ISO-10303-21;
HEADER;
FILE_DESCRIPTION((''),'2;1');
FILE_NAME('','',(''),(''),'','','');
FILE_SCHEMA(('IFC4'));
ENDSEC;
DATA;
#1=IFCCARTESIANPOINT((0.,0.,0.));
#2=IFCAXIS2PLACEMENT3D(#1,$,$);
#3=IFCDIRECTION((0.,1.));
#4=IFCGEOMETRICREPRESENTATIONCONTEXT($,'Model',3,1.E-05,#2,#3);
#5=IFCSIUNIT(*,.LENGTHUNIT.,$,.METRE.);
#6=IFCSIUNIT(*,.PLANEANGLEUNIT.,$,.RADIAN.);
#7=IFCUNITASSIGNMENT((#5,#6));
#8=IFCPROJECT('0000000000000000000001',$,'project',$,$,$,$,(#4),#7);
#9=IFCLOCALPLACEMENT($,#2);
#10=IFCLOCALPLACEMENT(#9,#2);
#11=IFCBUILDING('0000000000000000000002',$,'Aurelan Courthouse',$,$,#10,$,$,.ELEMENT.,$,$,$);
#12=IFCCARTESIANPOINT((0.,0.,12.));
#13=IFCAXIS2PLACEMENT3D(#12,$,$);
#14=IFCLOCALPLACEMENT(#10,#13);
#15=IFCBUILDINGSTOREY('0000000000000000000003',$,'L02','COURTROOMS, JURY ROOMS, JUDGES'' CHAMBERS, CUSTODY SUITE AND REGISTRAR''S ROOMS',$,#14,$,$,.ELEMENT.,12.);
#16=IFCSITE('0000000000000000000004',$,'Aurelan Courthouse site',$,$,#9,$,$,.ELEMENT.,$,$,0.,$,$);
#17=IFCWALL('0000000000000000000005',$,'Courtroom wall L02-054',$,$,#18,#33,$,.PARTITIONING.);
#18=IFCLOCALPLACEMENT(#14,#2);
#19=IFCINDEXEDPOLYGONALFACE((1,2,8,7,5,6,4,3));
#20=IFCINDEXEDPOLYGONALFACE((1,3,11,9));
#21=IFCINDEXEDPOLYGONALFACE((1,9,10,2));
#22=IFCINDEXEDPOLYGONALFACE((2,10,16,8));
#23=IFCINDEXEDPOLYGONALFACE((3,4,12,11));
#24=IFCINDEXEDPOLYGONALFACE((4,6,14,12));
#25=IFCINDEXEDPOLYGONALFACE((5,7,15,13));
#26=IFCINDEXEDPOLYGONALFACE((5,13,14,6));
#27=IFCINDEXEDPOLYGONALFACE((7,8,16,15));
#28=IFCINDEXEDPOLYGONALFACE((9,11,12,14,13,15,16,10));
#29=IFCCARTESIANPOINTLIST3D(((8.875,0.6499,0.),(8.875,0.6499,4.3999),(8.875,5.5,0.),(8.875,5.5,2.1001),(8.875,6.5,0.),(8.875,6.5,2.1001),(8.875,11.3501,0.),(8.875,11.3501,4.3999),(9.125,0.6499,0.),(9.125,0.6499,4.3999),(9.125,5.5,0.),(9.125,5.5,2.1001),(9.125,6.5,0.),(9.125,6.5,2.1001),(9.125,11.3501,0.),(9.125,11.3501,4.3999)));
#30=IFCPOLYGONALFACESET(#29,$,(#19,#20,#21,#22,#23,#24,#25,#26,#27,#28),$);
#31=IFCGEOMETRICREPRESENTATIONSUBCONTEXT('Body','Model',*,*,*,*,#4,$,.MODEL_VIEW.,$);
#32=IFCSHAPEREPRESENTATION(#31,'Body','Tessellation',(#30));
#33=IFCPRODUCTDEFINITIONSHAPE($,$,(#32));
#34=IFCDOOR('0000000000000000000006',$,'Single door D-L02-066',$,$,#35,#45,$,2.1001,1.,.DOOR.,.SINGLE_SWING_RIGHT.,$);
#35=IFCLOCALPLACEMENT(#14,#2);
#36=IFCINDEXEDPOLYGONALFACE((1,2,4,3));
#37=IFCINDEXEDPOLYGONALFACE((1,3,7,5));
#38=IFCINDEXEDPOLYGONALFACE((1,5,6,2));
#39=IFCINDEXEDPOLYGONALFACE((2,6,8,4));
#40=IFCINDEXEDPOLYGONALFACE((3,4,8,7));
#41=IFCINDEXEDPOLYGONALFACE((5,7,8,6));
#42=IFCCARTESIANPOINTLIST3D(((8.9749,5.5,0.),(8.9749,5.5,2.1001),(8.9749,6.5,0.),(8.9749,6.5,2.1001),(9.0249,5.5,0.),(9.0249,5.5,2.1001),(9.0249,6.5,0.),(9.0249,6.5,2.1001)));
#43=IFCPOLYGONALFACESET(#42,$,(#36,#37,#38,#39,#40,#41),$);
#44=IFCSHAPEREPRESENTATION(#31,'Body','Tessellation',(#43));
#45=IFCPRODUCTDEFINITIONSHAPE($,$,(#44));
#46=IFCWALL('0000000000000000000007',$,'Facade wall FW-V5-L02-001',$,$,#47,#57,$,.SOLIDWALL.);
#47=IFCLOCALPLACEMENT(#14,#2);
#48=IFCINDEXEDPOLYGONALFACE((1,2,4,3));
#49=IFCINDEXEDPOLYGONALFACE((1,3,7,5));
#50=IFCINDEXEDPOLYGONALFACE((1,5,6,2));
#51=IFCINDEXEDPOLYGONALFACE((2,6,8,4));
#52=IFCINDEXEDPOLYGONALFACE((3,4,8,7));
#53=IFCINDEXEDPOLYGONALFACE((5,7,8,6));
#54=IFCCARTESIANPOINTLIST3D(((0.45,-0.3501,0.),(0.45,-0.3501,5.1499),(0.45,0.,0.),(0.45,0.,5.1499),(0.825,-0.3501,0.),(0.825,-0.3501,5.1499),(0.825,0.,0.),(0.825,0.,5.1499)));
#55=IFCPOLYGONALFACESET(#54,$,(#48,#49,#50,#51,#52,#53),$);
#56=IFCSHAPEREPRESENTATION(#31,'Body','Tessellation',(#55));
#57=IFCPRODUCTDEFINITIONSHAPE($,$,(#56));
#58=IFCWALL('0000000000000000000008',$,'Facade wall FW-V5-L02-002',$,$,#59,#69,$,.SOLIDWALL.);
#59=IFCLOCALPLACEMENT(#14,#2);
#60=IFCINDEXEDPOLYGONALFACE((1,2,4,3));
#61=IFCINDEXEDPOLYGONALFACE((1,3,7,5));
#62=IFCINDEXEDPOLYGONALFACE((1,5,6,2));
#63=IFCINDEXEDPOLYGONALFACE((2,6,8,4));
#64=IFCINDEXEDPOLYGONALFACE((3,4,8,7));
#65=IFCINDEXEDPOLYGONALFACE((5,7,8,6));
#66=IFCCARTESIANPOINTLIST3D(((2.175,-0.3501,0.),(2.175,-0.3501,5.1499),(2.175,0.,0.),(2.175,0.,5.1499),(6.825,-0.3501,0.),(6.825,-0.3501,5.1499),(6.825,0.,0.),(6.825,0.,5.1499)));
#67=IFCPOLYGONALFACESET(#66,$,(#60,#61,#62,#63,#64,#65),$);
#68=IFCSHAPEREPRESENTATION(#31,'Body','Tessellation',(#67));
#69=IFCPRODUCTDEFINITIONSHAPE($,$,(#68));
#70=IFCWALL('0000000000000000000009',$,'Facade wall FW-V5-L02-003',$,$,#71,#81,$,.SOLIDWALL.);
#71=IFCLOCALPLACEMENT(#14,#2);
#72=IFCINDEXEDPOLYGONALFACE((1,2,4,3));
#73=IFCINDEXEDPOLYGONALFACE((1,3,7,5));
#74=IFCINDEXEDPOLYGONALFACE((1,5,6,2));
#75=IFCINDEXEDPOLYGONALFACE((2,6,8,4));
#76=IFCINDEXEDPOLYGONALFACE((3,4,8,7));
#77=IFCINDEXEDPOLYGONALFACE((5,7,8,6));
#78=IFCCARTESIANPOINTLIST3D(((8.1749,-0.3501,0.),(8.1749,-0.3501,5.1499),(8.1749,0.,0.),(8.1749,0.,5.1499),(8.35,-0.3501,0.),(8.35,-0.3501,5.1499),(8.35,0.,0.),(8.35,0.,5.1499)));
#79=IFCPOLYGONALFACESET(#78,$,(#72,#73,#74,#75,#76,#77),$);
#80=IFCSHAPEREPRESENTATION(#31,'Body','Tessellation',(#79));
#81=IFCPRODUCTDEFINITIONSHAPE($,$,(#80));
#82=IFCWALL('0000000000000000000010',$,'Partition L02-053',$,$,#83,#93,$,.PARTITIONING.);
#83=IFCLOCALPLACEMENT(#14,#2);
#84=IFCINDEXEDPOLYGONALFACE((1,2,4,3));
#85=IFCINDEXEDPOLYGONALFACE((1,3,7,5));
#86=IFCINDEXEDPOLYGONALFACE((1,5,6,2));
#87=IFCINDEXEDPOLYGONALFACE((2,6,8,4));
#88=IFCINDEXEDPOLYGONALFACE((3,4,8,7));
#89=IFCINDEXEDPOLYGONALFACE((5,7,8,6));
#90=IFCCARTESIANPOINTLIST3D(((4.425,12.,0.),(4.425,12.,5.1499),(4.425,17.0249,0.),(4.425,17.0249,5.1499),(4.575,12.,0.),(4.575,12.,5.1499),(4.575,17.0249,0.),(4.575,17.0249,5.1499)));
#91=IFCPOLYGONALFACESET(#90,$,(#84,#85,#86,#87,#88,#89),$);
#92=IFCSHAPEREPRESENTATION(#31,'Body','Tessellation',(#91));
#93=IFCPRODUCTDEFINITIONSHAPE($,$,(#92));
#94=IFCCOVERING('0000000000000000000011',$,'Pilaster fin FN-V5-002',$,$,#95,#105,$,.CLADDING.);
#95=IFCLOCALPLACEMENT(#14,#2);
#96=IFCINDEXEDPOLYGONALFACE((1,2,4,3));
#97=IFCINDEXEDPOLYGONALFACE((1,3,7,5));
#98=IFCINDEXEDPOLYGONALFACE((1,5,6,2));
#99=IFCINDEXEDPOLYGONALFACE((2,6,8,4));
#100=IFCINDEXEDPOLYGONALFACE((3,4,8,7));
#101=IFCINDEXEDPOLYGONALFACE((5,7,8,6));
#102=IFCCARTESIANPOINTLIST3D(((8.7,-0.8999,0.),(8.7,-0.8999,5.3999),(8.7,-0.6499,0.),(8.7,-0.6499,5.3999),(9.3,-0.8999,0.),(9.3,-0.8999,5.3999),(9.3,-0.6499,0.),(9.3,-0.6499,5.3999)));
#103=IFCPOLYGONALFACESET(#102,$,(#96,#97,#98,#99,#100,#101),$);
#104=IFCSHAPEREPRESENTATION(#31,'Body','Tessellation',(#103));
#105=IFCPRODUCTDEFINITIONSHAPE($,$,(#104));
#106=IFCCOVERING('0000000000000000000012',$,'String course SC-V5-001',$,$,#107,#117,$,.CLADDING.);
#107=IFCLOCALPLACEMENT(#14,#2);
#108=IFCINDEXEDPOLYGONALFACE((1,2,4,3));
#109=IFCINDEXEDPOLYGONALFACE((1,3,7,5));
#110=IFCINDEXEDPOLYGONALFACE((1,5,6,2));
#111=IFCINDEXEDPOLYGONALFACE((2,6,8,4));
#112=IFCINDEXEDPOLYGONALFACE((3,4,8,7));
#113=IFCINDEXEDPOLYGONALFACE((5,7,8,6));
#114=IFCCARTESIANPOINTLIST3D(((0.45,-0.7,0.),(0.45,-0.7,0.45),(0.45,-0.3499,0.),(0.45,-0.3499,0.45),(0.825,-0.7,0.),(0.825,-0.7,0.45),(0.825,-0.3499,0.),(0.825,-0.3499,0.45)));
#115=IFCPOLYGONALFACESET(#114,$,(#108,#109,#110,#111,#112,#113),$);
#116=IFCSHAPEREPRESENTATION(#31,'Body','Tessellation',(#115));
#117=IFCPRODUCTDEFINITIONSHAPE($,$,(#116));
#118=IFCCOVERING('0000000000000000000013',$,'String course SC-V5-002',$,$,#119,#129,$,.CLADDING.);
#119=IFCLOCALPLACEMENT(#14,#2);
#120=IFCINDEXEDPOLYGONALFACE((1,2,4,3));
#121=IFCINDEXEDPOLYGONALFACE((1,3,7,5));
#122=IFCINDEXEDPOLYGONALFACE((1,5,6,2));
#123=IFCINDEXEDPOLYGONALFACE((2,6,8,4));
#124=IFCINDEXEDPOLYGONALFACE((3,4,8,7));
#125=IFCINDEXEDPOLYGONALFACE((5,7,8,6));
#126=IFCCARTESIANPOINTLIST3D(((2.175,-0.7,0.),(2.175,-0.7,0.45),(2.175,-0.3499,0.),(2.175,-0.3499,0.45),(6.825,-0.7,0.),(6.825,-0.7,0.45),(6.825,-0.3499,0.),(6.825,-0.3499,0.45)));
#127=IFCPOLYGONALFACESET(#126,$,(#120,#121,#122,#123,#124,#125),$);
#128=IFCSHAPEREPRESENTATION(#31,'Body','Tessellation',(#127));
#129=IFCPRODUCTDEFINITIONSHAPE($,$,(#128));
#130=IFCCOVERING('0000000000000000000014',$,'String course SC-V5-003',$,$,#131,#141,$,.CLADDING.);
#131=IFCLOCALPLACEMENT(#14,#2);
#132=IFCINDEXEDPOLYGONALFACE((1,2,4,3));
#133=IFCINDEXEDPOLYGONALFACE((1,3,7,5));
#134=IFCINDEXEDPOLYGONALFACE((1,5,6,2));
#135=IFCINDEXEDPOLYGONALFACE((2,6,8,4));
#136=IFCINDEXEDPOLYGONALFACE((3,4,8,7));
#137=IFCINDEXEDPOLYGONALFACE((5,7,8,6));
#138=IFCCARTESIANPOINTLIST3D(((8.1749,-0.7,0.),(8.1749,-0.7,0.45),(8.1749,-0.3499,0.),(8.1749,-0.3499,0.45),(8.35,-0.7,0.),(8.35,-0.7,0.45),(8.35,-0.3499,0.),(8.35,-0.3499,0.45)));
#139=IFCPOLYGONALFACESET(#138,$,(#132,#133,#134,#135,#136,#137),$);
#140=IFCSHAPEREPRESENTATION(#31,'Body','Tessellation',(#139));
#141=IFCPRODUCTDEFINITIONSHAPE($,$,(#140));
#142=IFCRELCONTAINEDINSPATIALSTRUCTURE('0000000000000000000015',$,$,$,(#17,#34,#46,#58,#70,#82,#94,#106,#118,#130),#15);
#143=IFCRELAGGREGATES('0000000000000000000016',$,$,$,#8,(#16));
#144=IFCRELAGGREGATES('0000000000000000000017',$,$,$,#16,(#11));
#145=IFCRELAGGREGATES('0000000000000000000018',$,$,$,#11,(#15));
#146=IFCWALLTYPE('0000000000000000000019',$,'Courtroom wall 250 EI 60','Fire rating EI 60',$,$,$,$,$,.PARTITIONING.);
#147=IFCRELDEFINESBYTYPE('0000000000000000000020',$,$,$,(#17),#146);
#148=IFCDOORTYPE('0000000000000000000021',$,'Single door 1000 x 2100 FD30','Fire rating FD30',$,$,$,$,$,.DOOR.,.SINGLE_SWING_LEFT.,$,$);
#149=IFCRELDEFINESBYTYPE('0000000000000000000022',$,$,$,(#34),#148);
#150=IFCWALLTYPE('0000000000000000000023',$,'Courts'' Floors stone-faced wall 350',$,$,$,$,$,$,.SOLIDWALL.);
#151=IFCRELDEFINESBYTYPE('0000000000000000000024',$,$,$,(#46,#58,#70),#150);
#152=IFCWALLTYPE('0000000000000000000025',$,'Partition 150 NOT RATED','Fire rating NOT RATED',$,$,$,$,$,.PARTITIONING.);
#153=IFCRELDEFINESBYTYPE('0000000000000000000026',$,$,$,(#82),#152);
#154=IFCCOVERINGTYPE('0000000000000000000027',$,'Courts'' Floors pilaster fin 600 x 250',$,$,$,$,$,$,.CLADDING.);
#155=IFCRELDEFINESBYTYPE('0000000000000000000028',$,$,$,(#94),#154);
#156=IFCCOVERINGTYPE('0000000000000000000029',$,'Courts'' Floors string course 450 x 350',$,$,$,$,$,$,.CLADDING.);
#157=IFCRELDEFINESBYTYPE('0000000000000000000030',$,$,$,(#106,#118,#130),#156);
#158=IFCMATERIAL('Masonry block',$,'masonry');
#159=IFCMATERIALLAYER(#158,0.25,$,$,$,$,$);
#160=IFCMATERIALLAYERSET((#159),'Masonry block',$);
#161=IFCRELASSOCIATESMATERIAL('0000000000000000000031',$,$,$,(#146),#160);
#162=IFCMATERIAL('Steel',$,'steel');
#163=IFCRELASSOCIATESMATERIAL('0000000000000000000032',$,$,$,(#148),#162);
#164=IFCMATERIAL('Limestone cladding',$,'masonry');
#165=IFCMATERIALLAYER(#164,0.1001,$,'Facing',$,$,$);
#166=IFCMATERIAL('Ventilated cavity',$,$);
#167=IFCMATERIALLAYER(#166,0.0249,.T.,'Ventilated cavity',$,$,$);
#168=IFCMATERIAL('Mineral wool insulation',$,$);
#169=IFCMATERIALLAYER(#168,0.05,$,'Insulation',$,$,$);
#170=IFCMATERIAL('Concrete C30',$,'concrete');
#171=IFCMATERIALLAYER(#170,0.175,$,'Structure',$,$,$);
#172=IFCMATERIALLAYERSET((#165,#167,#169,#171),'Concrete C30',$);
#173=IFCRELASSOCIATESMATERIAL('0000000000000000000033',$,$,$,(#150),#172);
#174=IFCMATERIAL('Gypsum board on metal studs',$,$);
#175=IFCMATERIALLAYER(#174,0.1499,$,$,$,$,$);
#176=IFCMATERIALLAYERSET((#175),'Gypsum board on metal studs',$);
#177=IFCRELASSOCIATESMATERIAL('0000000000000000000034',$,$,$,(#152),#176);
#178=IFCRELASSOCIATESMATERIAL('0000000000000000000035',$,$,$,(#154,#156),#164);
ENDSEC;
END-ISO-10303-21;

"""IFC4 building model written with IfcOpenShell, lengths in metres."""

from ifc_helpers import new_model, si_unit, direction, frame, frame_2d, origin, origin_2d, place, context, subcontext, project, spatial, rectangle, extrude, material, layer, layer_set, type_object, element, fill, save


model = new_model("IFC4")

# Units and contexts
model_context = context("Model", 3, precision=1e-05, world=origin(), true_north=direction((0.0, 1.0)))
body_context = subcontext(model_context, "Body", "Model", "MODEL_VIEW")
ifc_project = project(units=[si_unit("LENGTHUNIT", "METRE"), si_unit("PLANEANGLEUNIT", "RADIAN")], contexts=[model_context])

# Site, building, storey
site_placement = place(None, origin())
site = spatial("IfcSite", under=ifc_project, at=site_placement, Name="Aurelan Courthouse site", CompositionType="ELEMENT", RefElevation=0.0)
building_placement = place(site_placement, origin())
building = spatial("IfcBuilding", under=site, at=building_placement, Name="Aurelan Courthouse", CompositionType="ELEMENT")
storey_placement = place(building_placement, frame((0.0, 0.0, 12.0)))
storey = spatial("IfcBuildingStorey", under=building, at=storey_placement, Name="L02", Description="COURTROOMS, JURY ROOMS, JUDGES' CHAMBERS, CUSTODY SUITE AND REGISTRAR'S ROOMS", CompositionType="ELEMENT", Elevation=12.0)

# Shared definitions
ifc_material_1 = material(Name="Concrete C30", Category="concrete")

# Shared definitions
ifc_material_2 = material(Name="Gypsum board on metal studs")

# Wall, opening, door
ifc_material_3 = material(Name="Masonry block", Category="masonry")
ifc_layer_1 = layer(ifc_material_3, 0.25)
ifc_layer_set_1 = layer_set([ifc_layer_1], Name="Masonry block")
wall_type_1 = type_object("IfcWallType", Name="Courtroom wall 250 EI 60", Description="Fire rating EI 60", PredefinedType="PARTITIONING", material=ifc_layer_set_1)
wall_1_placement = place(storey_placement, frame((9.0, 0.6499, 0.0), z_axis=(0.0, 0.0, 1.0), x_axis=(0.0, 1.0, 0.0)))
wall_1 = element("IfcWall", 1, at=wall_1_placement, inside=storey, type_object=wall_type_1, Name="Courtroom wall L02-054", PredefinedType="PARTITIONING", context=body_context, shape_type="SweptSolid", body=[
    extrude(rectangle(XDim=10.7002, YDim=0.25, at=frame_2d((5.3501, 0.0))), origin(), (0.0, 0.0, 1.0), 4.3999),
])
opening_1_placement = place(wall_1_placement, frame((5.8501, 0.0, 0.0), z_axis=(0.0, 0.0, 1.0), x_axis=(-1.0, 0.0, 0.0)))
opening_1 = element("IfcOpeningElement", 2, at=opening_1_placement, cuts=wall_1, PredefinedType="OPENING", context=body_context, shape_type="SweptSolid", body=[
    extrude(rectangle(XDim=1.0, YDim=2.1001, at=frame_2d((0.5, 1.05))), frame((0.0, 0.135, 0.0), z_axis=(0.0, -1.0, 0.0), x_axis=(1.0, 0.0, 0.0)), (0.0, 0.0, 1.0), 0.27),
])
ifc_material_4 = material(Name="Steel", Category="steel")
door_type_1 = type_object("IfcDoorType", Name="Single door 1000 x 2100 FD30", Description="Fire rating FD30", OperationType="SINGLE_SWING_LEFT", PredefinedType="DOOR", material=ifc_material_4)
door_1_placement = place(opening_1_placement, origin())
door_1 = element("IfcDoor", 3, at=door_1_placement, inside=storey, type_object=door_type_1, Name="Single door D-L02-066", OperationType="SINGLE_SWING_RIGHT", OverallHeight=2.1001, OverallWidth=1.0, PredefinedType="DOOR", context=body_context, shape_type="SweptSolid", body=[
    extrude(rectangle(XDim=1.0, YDim=2.1001, at=frame_2d((0.5, 1.05))), frame((0.0, 0.0249, 0.0), z_axis=(0.0, -1.0, 0.0), x_axis=(1.0, 0.0, 0.0)), (0.0, 0.0, 1.0), 0.05),
])
fill(opening_1, door_1)

# Walls
ifc_material_5 = material(Name="Limestone cladding", Category="masonry")
ifc_layer_2 = layer(ifc_material_5, 0.1001, Name="Facing")
ifc_material_6 = material(Name="Ventilated cavity")
ifc_layer_3 = layer(ifc_material_6, 0.0249, ventilated=True, Name="Ventilated cavity")
ifc_material_7 = material(Name="Mineral wool insulation")
ifc_layer_4 = layer(ifc_material_7, 0.05, Name="Insulation")
ifc_layer_5 = layer(ifc_material_1, 0.175, Name="Structure")
ifc_layer_set_2 = layer_set([ifc_layer_2, ifc_layer_3, ifc_layer_4, ifc_layer_5], Name="Concrete C30")
wall_type_2 = type_object("IfcWallType", Name="Courts' Floors stone-faced wall 350", PredefinedType="SOLIDWALL", material=ifc_layer_set_2)
wall_2_placement = place(storey_placement, frame((0.45, -0.175, 0.0), z_axis=(0.0, 0.0, 1.0), x_axis=(1.0, 0.0, 0.0)))
element("IfcWall", 4, at=wall_2_placement, inside=storey, type_object=wall_type_2, Name="Facade wall FW-V5-L02-001", PredefinedType="SOLIDWALL", context=body_context, shape_type="SweptSolid", body=[
    extrude(rectangle(XDim=0.375, YDim=0.3501, at=frame_2d((0.1875, 0.0))), origin(), (0.0, 0.0, 1.0), 5.1499),
])
wall_3_placement = place(storey_placement, frame((2.175, -0.175, 0.0), z_axis=(0.0, 0.0, 1.0), x_axis=(1.0, 0.0, 0.0)))
element("IfcWall", 5, at=wall_3_placement, inside=storey, type_object=wall_type_2, Name="Facade wall FW-V5-L02-002", PredefinedType="SOLIDWALL", context=body_context, shape_type="SweptSolid", body=[
    extrude(rectangle(XDim=4.6499, YDim=0.3501, at=frame_2d((2.325, 0.0))), origin(), (0.0, 0.0, 1.0), 5.1499),
])
wall_4_placement = place(storey_placement, frame((8.175, -0.175, 0.0), z_axis=(0.0, 0.0, 1.0), x_axis=(1.0, 0.0, 0.0)))
element("IfcWall", 6, at=wall_4_placement, inside=storey, type_object=wall_type_2, Name="Facade wall FW-V5-L02-003", PredefinedType="SOLIDWALL", context=body_context, shape_type="SweptSolid", body=[
    extrude(rectangle(XDim=0.175, YDim=0.3501, at=frame_2d((0.0874, 0.0))), origin(), (0.0, 0.0, 1.0), 5.1499),
])
ifc_layer_6 = layer(ifc_material_2, 0.1499)
ifc_layer_set_3 = layer_set([ifc_layer_6], Name="Gypsum board on metal studs")
wall_type_3 = type_object("IfcWallType", Name="Partition 150 NOT RATED", Description="Fire rating NOT RATED", PredefinedType="PARTITIONING", material=ifc_layer_set_3)
wall_5_placement = place(storey_placement, frame((4.5, 12.0, 0.0), z_axis=(0.0, 0.0, 1.0), x_axis=(0.0, 1.0, 0.0)))
element("IfcWall", 7, at=wall_5_placement, inside=storey, type_object=wall_type_3, Name="Partition L02-053", PredefinedType="PARTITIONING", context=body_context, shape_type="SweptSolid", body=[
    extrude(rectangle(XDim=5.0249, YDim=0.1499, at=frame_2d((2.5125, 0.0))), origin(), (0.0, 0.0, 1.0), 5.1499),
])

# Coverings
covering_type_1 = type_object("IfcCoveringType", Name="Courts' Floors pilaster fin 600 x 250", PredefinedType="CLADDING", material=ifc_material_5)
covering_1_placement = place(storey_placement, frame((9.0, -0.7749, 0.0), z_axis=(0.0, 0.0, 1.0), x_axis=(1.0, 0.0, 0.0)))
element("IfcCovering", 8, at=covering_1_placement, inside=storey, type_object=covering_type_1, Name="Pilaster fin FN-V5-002", PredefinedType="CLADDING", context=body_context, shape_type="SweptSolid", body=[
    extrude(rectangle(XDim=0.6001, YDim=0.25, at=origin_2d()), origin(), (0.0, 0.0, 1.0), 5.3999),
])
covering_type_2 = type_object("IfcCoveringType", Name="Courts' Floors string course 450 x 350", PredefinedType="CLADDING", material=ifc_material_5)
covering_2_placement = place(storey_placement, frame((0.6375, -0.5249, 0.0), z_axis=(0.0, 0.0, 1.0), x_axis=(1.0, 0.0, 0.0)))
element("IfcCovering", 9, at=covering_2_placement, inside=storey, type_object=covering_type_2, Name="String course SC-V5-001", PredefinedType="CLADDING", context=body_context, shape_type="SweptSolid", body=[
    extrude(rectangle(XDim=0.375, YDim=0.3501, at=origin_2d()), origin(), (0.0, 0.0, 1.0), 0.45),
])
covering_3_placement = place(storey_placement, frame((4.5, -0.5249, 0.0), z_axis=(0.0, 0.0, 1.0), x_axis=(1.0, 0.0, 0.0)))
element("IfcCovering", 10, at=covering_3_placement, inside=storey, type_object=covering_type_2, Name="String course SC-V5-002", PredefinedType="CLADDING", context=body_context, shape_type="SweptSolid", body=[
    extrude(rectangle(XDim=4.6499, YDim=0.3501, at=origin_2d()), origin(), (0.0, 0.0, 1.0), 0.45),
])
covering_4_placement = place(storey_placement, frame((8.2625, -0.5249, 0.0), z_axis=(0.0, 0.0, 1.0), x_axis=(1.0, 0.0, 0.0)))
element("IfcCovering", 11, at=covering_4_placement, inside=storey, type_object=covering_type_2, Name="String course SC-V5-003", PredefinedType="CLADDING", context=body_context, shape_type="SweptSolid", body=[
    extrude(rectangle(XDim=0.175, YDim=0.3501, at=origin_2d()), origin(), (0.0, 0.0, 1.0), 0.45),
])

save(model, "model.ifc")
